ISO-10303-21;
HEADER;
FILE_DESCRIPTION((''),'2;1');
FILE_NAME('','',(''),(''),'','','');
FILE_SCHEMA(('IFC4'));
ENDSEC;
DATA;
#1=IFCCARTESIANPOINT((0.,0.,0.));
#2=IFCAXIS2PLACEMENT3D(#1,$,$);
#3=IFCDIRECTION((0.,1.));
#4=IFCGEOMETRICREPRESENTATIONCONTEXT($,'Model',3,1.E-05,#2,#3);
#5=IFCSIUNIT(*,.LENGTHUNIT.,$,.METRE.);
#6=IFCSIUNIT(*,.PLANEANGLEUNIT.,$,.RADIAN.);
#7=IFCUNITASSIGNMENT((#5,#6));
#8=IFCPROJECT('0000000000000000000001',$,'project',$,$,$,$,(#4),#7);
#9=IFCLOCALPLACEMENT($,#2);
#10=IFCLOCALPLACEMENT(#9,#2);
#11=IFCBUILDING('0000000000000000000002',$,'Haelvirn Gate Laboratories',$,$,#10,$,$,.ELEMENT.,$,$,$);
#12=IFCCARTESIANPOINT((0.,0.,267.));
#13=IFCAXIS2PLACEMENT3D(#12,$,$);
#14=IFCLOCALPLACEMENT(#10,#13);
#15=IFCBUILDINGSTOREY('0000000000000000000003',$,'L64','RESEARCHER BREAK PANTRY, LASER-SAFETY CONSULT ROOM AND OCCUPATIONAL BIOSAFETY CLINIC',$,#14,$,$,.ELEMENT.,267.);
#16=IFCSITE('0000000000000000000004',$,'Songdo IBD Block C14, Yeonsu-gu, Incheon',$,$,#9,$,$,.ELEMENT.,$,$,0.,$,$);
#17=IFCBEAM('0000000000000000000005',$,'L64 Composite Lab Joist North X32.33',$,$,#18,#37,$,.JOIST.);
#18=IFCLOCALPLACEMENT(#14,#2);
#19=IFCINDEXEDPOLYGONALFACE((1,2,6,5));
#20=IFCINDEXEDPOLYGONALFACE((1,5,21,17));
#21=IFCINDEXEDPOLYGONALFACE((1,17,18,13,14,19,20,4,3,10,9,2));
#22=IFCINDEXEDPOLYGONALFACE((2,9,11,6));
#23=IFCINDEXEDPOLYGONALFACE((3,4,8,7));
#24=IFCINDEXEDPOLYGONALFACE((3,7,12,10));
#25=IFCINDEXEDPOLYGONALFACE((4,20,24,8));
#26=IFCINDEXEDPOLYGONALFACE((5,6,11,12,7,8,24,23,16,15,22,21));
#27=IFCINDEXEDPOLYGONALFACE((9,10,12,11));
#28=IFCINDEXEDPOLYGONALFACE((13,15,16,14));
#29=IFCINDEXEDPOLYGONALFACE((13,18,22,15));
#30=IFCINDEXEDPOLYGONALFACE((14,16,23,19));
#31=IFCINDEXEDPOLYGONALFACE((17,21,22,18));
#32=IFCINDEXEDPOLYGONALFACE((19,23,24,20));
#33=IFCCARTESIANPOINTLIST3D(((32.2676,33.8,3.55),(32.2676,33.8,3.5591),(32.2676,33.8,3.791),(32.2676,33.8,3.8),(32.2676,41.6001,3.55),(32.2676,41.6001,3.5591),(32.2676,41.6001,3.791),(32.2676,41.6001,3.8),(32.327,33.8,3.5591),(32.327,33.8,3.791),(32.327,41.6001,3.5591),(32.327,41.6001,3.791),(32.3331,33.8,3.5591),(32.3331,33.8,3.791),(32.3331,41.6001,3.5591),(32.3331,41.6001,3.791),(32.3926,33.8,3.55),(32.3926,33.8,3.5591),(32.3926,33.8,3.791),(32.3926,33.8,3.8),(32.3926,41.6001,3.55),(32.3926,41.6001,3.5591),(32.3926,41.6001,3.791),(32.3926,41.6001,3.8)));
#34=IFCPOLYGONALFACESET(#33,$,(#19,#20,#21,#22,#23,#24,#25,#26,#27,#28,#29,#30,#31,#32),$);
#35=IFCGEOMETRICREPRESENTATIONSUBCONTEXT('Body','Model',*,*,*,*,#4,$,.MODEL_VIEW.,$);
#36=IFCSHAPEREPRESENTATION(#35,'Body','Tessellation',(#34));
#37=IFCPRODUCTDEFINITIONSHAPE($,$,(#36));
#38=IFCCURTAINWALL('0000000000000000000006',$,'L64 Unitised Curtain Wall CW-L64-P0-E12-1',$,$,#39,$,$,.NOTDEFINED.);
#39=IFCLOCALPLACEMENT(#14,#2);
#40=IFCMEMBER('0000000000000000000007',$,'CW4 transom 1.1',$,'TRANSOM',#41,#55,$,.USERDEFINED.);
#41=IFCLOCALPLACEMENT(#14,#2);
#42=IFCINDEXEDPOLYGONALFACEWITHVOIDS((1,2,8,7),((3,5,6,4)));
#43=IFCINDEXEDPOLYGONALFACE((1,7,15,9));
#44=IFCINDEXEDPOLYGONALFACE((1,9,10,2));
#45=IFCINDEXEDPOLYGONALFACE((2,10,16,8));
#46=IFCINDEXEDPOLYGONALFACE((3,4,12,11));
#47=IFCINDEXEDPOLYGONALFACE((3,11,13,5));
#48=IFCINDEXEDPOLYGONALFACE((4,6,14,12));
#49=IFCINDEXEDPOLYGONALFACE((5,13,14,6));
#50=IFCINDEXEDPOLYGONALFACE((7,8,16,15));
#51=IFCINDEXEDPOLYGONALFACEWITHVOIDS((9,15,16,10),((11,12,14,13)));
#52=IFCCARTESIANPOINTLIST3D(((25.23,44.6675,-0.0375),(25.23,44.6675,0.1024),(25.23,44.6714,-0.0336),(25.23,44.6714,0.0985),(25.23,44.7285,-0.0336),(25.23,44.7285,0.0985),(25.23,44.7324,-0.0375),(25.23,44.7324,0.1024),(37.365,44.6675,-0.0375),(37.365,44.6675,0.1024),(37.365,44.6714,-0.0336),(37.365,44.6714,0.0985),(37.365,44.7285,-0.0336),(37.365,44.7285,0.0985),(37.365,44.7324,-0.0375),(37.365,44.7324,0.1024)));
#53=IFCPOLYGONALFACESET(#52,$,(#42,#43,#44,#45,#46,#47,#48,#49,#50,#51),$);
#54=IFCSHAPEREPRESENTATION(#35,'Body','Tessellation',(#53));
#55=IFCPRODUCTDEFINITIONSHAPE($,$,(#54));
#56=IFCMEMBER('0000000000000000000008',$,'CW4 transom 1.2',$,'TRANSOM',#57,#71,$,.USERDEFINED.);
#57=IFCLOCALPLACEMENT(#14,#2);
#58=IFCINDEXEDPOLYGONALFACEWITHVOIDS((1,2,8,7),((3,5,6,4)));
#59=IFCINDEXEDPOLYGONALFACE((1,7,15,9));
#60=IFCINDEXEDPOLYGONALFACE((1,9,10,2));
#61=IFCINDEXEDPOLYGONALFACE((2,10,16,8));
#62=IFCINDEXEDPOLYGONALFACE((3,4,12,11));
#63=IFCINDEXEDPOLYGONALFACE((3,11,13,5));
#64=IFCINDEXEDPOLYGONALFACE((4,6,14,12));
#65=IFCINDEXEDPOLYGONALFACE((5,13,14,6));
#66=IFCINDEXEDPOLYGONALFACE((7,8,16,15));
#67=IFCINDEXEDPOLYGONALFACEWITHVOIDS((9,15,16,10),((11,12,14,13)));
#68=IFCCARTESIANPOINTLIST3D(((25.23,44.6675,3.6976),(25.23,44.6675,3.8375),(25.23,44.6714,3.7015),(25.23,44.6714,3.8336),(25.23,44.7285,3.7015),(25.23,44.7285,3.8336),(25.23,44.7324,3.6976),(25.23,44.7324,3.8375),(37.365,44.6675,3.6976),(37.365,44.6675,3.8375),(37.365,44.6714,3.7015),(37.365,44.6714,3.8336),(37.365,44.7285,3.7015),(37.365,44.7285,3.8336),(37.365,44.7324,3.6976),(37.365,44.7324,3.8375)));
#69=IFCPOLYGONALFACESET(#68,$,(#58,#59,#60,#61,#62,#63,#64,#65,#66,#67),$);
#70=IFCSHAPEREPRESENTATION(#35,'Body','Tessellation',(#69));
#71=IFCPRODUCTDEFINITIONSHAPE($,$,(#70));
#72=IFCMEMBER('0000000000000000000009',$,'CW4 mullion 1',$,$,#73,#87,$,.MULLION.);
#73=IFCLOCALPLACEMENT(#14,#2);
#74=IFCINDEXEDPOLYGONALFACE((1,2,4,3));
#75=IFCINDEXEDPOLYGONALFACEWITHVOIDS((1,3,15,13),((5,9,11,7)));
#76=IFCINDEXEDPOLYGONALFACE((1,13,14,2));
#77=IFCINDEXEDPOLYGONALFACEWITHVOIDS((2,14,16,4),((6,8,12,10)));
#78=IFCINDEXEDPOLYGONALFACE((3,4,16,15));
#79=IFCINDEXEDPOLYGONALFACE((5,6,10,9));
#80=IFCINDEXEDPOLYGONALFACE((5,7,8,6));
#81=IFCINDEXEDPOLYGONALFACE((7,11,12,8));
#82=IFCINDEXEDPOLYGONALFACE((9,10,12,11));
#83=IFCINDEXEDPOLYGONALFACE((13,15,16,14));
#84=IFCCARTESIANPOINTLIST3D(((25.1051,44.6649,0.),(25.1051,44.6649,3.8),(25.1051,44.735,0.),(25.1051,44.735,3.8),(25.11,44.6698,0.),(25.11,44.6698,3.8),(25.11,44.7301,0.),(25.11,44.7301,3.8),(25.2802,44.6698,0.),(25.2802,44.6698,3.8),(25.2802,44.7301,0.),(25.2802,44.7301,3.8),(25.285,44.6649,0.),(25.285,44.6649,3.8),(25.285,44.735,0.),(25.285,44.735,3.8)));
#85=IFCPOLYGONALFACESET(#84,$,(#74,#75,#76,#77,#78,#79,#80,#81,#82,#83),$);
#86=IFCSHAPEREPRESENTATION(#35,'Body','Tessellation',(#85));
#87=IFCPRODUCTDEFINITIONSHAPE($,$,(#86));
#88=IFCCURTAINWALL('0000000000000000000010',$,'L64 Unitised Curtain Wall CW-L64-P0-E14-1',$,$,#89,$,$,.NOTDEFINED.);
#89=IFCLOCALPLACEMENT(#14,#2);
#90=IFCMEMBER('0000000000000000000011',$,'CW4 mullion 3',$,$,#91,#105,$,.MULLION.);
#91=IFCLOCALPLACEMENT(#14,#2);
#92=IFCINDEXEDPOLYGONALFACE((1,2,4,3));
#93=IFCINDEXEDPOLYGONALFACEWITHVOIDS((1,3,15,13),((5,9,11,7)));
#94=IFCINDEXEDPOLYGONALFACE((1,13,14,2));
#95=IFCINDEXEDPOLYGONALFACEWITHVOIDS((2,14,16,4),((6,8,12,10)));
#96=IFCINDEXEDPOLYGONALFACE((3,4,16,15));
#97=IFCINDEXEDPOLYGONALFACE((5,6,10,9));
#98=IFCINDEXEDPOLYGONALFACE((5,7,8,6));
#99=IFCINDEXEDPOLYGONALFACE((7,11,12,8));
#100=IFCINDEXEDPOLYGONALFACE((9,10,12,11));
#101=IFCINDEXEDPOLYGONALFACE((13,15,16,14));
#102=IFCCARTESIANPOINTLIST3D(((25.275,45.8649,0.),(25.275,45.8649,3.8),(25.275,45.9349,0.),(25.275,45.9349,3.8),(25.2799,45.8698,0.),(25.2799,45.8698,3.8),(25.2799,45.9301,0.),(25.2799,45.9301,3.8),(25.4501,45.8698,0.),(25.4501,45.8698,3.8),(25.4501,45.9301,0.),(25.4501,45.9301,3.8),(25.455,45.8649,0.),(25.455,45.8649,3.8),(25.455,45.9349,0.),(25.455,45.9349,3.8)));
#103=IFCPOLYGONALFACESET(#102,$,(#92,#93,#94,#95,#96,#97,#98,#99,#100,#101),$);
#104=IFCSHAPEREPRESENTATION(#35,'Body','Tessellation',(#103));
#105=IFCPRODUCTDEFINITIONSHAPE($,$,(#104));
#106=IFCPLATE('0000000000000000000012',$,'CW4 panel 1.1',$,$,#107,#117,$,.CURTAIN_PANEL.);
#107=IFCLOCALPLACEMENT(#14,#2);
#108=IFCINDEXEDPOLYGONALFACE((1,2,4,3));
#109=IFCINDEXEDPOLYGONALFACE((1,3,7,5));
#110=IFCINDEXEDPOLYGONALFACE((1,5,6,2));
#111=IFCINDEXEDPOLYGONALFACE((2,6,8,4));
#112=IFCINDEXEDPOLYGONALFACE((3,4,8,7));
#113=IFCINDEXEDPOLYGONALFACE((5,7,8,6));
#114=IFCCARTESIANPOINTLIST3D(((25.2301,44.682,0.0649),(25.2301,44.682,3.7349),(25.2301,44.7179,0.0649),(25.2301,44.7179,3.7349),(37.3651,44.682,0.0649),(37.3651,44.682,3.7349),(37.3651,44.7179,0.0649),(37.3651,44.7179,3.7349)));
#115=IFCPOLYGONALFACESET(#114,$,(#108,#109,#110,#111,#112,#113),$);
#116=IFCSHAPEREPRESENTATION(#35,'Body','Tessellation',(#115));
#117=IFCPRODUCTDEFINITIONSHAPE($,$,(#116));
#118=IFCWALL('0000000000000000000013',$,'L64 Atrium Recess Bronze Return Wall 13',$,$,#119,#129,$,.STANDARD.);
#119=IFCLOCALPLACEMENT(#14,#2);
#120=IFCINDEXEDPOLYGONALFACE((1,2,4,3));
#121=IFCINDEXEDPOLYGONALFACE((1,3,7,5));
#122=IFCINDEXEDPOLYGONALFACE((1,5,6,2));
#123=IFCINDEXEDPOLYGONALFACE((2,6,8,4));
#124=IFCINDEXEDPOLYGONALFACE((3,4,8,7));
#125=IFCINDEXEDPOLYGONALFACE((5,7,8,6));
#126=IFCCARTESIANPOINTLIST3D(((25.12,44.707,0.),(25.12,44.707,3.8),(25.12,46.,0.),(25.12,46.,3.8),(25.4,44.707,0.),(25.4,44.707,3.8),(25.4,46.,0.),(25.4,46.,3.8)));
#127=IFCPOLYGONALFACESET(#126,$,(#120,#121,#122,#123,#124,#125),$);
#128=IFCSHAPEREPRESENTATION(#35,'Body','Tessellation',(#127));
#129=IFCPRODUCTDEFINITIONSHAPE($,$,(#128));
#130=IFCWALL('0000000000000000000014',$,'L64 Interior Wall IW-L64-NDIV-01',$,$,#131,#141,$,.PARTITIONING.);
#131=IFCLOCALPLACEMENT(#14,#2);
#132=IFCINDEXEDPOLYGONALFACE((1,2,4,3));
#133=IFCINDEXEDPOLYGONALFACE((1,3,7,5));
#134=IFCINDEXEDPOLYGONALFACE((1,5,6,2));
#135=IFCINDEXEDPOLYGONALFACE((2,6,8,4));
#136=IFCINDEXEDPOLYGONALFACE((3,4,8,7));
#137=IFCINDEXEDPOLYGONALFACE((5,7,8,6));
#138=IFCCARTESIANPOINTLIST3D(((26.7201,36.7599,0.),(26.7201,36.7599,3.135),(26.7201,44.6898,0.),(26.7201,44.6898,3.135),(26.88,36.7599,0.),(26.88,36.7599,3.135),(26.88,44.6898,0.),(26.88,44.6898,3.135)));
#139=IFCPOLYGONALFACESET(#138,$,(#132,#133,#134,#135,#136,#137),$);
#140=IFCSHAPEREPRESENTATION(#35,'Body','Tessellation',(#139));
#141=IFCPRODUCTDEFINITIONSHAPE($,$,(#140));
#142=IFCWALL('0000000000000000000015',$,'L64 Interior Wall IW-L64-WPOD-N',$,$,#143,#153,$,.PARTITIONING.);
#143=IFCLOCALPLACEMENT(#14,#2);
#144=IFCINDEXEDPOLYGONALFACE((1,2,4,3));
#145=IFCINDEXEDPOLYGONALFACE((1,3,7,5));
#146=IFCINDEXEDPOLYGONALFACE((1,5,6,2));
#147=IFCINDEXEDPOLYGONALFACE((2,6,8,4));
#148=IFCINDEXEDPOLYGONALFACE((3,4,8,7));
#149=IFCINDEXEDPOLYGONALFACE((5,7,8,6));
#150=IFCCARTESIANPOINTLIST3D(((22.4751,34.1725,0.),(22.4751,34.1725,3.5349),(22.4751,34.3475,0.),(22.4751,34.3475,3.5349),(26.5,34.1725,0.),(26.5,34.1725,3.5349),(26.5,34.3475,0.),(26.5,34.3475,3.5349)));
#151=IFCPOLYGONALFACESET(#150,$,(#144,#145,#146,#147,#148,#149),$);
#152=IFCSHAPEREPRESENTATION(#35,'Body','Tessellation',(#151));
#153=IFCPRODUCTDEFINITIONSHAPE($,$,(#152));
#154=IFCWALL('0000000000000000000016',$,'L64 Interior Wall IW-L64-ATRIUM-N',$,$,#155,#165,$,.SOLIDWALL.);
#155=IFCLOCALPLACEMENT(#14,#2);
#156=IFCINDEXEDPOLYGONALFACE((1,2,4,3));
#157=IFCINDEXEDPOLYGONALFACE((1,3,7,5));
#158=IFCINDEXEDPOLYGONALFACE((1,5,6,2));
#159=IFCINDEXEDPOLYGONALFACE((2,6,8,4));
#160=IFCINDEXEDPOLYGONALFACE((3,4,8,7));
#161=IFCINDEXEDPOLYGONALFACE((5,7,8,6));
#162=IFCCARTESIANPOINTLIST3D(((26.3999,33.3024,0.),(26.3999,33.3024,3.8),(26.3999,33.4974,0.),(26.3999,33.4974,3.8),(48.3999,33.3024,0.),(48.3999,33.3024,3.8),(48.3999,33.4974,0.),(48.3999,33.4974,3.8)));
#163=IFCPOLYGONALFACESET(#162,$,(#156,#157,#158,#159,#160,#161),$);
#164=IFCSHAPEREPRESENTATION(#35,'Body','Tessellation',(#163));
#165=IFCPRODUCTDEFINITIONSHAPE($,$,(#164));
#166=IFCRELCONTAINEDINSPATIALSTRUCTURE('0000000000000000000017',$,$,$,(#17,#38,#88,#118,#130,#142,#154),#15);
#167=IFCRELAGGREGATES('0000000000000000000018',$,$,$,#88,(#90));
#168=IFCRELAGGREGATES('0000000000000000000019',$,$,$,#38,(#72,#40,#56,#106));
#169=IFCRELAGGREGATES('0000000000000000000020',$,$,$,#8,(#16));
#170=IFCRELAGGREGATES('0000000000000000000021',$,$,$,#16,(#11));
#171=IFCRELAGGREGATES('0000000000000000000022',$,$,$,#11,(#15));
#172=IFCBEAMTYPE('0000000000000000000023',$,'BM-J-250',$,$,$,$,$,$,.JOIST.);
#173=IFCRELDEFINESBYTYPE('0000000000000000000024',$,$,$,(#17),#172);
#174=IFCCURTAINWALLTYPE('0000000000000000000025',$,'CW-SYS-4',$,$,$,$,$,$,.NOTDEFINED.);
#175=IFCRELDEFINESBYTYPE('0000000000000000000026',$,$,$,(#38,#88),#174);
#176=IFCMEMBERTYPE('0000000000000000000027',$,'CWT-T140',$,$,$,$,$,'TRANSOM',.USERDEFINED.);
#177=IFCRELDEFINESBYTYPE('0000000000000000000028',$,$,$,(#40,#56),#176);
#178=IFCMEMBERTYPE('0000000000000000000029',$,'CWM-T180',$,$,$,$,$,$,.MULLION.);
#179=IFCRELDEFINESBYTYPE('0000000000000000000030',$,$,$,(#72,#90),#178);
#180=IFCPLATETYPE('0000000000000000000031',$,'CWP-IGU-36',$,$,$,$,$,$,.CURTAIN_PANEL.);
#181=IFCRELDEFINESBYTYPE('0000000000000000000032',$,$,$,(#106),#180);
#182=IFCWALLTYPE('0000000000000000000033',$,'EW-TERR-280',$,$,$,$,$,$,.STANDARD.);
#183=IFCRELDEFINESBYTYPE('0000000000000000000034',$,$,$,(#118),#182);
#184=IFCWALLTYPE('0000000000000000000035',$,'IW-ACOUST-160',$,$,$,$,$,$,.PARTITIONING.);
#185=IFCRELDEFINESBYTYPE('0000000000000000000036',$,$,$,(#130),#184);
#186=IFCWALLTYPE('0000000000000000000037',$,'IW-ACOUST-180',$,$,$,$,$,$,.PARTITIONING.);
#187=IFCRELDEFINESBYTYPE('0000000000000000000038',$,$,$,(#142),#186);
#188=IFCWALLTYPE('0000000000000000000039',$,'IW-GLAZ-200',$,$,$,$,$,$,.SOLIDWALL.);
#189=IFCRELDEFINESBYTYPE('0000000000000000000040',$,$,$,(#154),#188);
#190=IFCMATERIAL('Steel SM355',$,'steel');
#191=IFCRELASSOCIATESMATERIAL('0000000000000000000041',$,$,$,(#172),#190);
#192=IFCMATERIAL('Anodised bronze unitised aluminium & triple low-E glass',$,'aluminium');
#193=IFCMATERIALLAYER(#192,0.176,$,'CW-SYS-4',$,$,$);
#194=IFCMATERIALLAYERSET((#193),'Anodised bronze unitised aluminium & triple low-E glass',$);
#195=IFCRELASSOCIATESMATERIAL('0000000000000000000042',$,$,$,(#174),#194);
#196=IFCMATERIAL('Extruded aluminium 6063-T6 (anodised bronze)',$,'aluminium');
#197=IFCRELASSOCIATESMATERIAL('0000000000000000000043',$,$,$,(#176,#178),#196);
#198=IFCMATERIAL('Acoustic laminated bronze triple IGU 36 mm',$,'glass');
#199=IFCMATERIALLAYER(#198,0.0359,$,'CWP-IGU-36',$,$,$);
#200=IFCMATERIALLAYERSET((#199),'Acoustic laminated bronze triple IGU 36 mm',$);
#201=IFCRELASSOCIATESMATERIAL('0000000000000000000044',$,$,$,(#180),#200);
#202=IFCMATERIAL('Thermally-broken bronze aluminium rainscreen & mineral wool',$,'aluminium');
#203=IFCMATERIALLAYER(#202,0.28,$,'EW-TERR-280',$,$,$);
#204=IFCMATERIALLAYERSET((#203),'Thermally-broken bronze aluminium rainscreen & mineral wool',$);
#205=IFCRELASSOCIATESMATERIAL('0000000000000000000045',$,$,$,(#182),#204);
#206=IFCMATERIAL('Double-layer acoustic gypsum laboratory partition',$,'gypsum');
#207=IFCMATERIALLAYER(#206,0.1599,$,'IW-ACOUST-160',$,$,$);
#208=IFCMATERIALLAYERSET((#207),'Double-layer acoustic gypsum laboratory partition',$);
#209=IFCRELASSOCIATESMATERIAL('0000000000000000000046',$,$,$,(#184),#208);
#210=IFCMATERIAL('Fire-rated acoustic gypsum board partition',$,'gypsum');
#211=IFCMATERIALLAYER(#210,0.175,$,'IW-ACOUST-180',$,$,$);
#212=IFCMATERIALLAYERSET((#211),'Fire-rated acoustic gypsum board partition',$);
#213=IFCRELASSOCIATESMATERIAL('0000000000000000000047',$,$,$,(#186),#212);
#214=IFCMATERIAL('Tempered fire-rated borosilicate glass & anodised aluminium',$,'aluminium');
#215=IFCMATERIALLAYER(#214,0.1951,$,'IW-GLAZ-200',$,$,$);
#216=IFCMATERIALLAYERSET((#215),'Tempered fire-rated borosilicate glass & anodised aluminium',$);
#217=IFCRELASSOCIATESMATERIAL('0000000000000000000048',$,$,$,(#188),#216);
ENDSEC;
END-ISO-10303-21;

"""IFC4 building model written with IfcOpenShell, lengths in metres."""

from ifc_helpers import new_model, si_unit, direction, frame, frame_2d, origin, origin_2d, place, context, subcontext, project, spatial, rectangle, hollow_rectangle, i_section, extrude, source, transform, mapped, material, layer, layer_set, material_profile, profile_set, type_object, type_shapes, element, aggregate, save


model = new_model("IFC4")

# Units and contexts
model_context = context("Model", 3, precision=1e-05, world=origin(), true_north=direction((0.0, 1.0)))
body_context = subcontext(model_context, "Body", "Model", "MODEL_VIEW")
ifc_project = project(units=[si_unit("LENGTHUNIT", "METRE"), si_unit("PLANEANGLEUNIT", "RADIAN")], contexts=[model_context])

# Site, building, storey
site_placement = place(None, origin())
site = spatial("IfcSite", under=ifc_project, at=site_placement, Name="Songdo IBD Block C14, Yeonsu-gu, Incheon", CompositionType="ELEMENT", RefElevation=0.0)
building_placement = place(site_placement, origin())
building = spatial("IfcBuilding", under=site, at=building_placement, Name="Haelvirn Gate Laboratories", CompositionType="ELEMENT")
storey_placement = place(building_placement, frame((0.0, 0.0, 267.0)))
storey = spatial("IfcBuildingStorey", under=building, at=storey_placement, Name="L64", Description="RESEARCHER BREAK PANTRY, LASER-SAFETY CONSULT ROOM AND OCCUPATIONAL BIOSAFETY CLINIC", CompositionType="ELEMENT", Elevation=267.0)

# Shared definitions
ifc_material_1 = material(Name="Steel SM355", Category="steel")

# Beam
ifc_material_profile_1 = material_profile(ifc_material_1, i_section(OverallWidth=0.125, OverallDepth=0.25, WebThickness=0.0061, FlangeThickness=0.009, at=origin_2d()), Name="H-250x125x6x9")
ifc_profile_set_1 = profile_set([ifc_material_profile_1], Name="Steel SM355")
beam_type_1 = type_object("IfcBeamType", Name="BM-J-250", PredefinedType="JOIST", material=ifc_profile_set_1)
shared_shape_1 = source(origin(), body_context, "Body", "SweptSolid", [
    extrude(i_section(OverallWidth=0.125, OverallDepth=0.25, WebThickness=0.0061, FlangeThickness=0.009, at=origin_2d()), origin(), (0.0, 0.0, 1.0), 7.8),
])
type_shapes(beam_type_1, [shared_shape_1])
for number, where, z_axis, x_axis, name in (
    (1, (32.3301, 33.8, 3.675), (0.0, 1.0, 0.0), (-1.0, 0.0, 0.0), "L64 Composite Lab Joist North X32.33"),
):
    element("IfcBeam", number, at=place(storey_placement, frame(where, z_axis=z_axis, x_axis=x_axis)), inside=storey, type_object=beam_type_1, Name=name, PredefinedType="JOIST", context=body_context, shape_type="MappedRepresentation", body=[
        mapped(shared_shape_1, transform((0.0, 0.0, 0.0), scale=1.0)),
    ])

# Curtain wall, members
ifc_material_2 = material(Name="Anodised bronze unitised aluminium & triple low-E glass", Category="aluminium")
ifc_layer_1 = layer(ifc_material_2, 0.176, Name="CW-SYS-4")
ifc_layer_set_1 = layer_set([ifc_layer_1], Name="Anodised bronze unitised aluminium & triple low-E glass")
curtain_wall_type = type_object("IfcCurtainWallType", Name="CW-SYS-4", PredefinedType="NOTDEFINED", material=ifc_layer_set_1)
curtain_wall_1_placement = place(storey_placement, origin())
curtain_wall_1 = element("IfcCurtainWall", 2, at=curtain_wall_1_placement, inside=storey, type_object=curtain_wall_type, Name="L64 Unitised Curtain Wall CW-L64-P0-E12-1", PredefinedType="NOTDEFINED")
ifc_material_3 = material(Name="Extruded aluminium 6063-T6 (anodised bronze)", Category="aluminium")
ifc_material_profile_2 = material_profile(ifc_material_3, hollow_rectangle(XDim=0.0649, YDim=0.1399, WallThickness=0.0039, at=origin_2d()), Name="CWT-140x65x4")
ifc_profile_set_2 = profile_set([ifc_material_profile_2], Name="Extruded aluminium 6063-T6 (anodised bronze)")
member_type_1 = type_object("IfcMemberType", Name="CWT-T140", ElementType="TRANSOM", PredefinedType="USERDEFINED", material=ifc_profile_set_2)
shared_shape_2 = source(origin(), body_context, "Body", "SweptSolid", [
    extrude(hollow_rectangle(XDim=0.0649, YDim=0.1399, WallThickness=0.0039, at=origin_2d()), origin(), (0.0, 0.0, 1.0), 12.135),
])
type_shapes(member_type_1, [shared_shape_2])
member_1_placement = place(storey_placement, frame((25.23, 44.7, 0.0325), z_axis=(1.0, 0.0, 0.0), x_axis=(0.0, 1.0, 0.0)))
member_1 = element("IfcMember", 3, at=member_1_placement, type_object=member_type_1, Name="CW4 transom 1.1", ObjectType="TRANSOM", PredefinedType="USERDEFINED", context=body_context, shape_type="MappedRepresentation", body=[
    mapped(shared_shape_2, transform((0.0, 0.0, 0.0), scale=1.0)),
])
member_2_placement = place(storey_placement, frame((25.23, 44.7, 3.7676), z_axis=(1.0, 0.0, 0.0), x_axis=(0.0, 1.0, 0.0)))
member_2 = element("IfcMember", 4, at=member_2_placement, type_object=member_type_1, Name="CW4 transom 1.2", ObjectType="TRANSOM", PredefinedType="USERDEFINED", context=body_context, shape_type="MappedRepresentation", body=[
    mapped(shared_shape_2, transform((0.0, 0.0, 0.0), scale=1.0)),
])
ifc_material_profile_3 = material_profile(ifc_material_3, hollow_rectangle(XDim=0.0701, YDim=0.1799, WallThickness=0.0049, at=origin_2d()), Name="CWM-180x70x5")
ifc_profile_set_3 = profile_set([ifc_material_profile_3], Name="Extruded aluminium 6063-T6 (anodised bronze)")
member_type_2 = type_object("IfcMemberType", Name="CWM-T180", PredefinedType="MULLION", material=ifc_profile_set_3)
shared_shape_3 = source(origin(), body_context, "Body", "SweptSolid", [
    extrude(hollow_rectangle(XDim=0.0701, YDim=0.1799, WallThickness=0.0049, at=origin_2d()), origin(), (0.0, 0.0, 1.0), 3.8),
])
type_shapes(member_type_2, [shared_shape_3])
member_3_placement = place(storey_placement, frame((25.1951, 44.7, 0.0), z_axis=(0.0, 0.0, 1.0), x_axis=(0.0, 1.0, 0.0)))
member_3 = element("IfcMember", 5, at=member_3_placement, type_object=member_type_2, Name="CW4 mullion 1", PredefinedType="MULLION", context=body_context, shape_type="MappedRepresentation", body=[
    mapped(shared_shape_3, transform((0.0, 0.0, 0.0), scale=1.0)),
])

# Curtain wall, member
curtain_wall_2_placement = place(storey_placement, origin())
curtain_wall_2 = element("IfcCurtainWall", 6, at=curtain_wall_2_placement, inside=storey, type_object=curtain_wall_type, Name="L64 Unitised Curtain Wall CW-L64-P0-E14-1", PredefinedType="NOTDEFINED")
member_4_placement = place(storey_placement, frame((25.365, 45.8999, 0.0), z_axis=(0.0, 0.0, 1.0), x_axis=(0.0, 1.0, 0.0)))
member_4 = element("IfcMember", 7, at=member_4_placement, type_object=member_type_2, Name="CW4 mullion 3", PredefinedType="MULLION", context=body_context, shape_type="MappedRepresentation", body=[
    mapped(shared_shape_3, transform((0.0, 0.0, 0.0), scale=1.0)),
])
aggregate(curtain_wall_2, [member_4])

# Plate
ifc_material_4 = material(Name="Acoustic laminated bronze triple IGU 36 mm", Category="glass")
ifc_layer_2 = layer(ifc_material_4, 0.0359, Name="CWP-IGU-36")
ifc_layer_set_2 = layer_set([ifc_layer_2], Name="Acoustic laminated bronze triple IGU 36 mm")
plate_type = type_object("IfcPlateType", Name="CWP-IGU-36", PredefinedType="CURTAIN_PANEL", material=ifc_layer_set_2)
shared_shape_4 = source(origin(), body_context, "Body", "SweptSolid", [
    extrude(rectangle(XDim=12.135, YDim=0.0359, at=origin_2d()), origin(), (0.0, 0.0, 1.0), 3.6699),
])
type_shapes(plate_type, [shared_shape_4])
plate_placement = place(storey_placement, frame((31.2976, 44.7, 0.0649), z_axis=(0.0, 0.0, 1.0), x_axis=(1.0, 0.0, 0.0)))
plate = element("IfcPlate", 8, at=plate_placement, type_object=plate_type, Name="CW4 panel 1.1", PredefinedType="CURTAIN_PANEL", context=body_context, shape_type="MappedRepresentation", body=[
    mapped(shared_shape_4, transform((0.0, 0.0, 0.0), scale=1.0)),
])
aggregate(curtain_wall_1, [member_3, member_1, member_2, plate])

# Walls
ifc_material_5 = material(Name="Thermally-broken bronze aluminium rainscreen & mineral wool", Category="aluminium")
ifc_layer_3 = layer(ifc_material_5, 0.28, Name="EW-TERR-280")
ifc_layer_set_3 = layer_set([ifc_layer_3], Name="Thermally-broken bronze aluminium rainscreen & mineral wool")
wall_type_1 = type_object("IfcWallType", Name="EW-TERR-280", PredefinedType="STANDARD", material=ifc_layer_set_3)
wall_1_placement = place(storey_placement, frame((25.26, 44.707, 0.0), z_axis=(0.0, 0.0, 1.0), x_axis=(0.0, 1.0, 0.0)))
element("IfcWall", 9, at=wall_1_placement, inside=storey, type_object=wall_type_1, Name="L64 Atrium Recess Bronze Return Wall 13", PredefinedType="STANDARD", context=body_context, shape_type="SweptSolid", body=[
    extrude(rectangle(XDim=1.293, YDim=0.28, at=frame_2d((0.6465, 0.0))), origin(), (0.0, 0.0, 1.0), 3.8),
])
ifc_material_6 = material(Name="Double-layer acoustic gypsum laboratory partition", Category="gypsum")
ifc_layer_4 = layer(ifc_material_6, 0.1599, Name="IW-ACOUST-160")
ifc_layer_set_4 = layer_set([ifc_layer_4], Name="Double-layer acoustic gypsum laboratory partition")
wall_type_2 = type_object("IfcWallType", Name="IW-ACOUST-160", PredefinedType="PARTITIONING", material=ifc_layer_set_4)
wall_2_placement = place(storey_placement, frame((26.8, 36.76, 0.0), z_axis=(0.0, 0.0, 1.0), x_axis=(0.0, 1.0, 0.0)))
element("IfcWall", 10, at=wall_2_placement, inside=storey, type_object=wall_type_2, Name="L64 Interior Wall IW-L64-NDIV-01", PredefinedType="PARTITIONING", context=body_context, shape_type="SweptSolid", body=[
    extrude(rectangle(XDim=7.9299, YDim=0.1599, at=frame_2d((3.9648, 0.0))), origin(), (0.0, 0.0, 1.0), 3.135),
])
ifc_material_7 = material(Name="Fire-rated acoustic gypsum board partition", Category="gypsum")
ifc_layer_5 = layer(ifc_material_7, 0.175, Name="IW-ACOUST-180")
ifc_layer_set_5 = layer_set([ifc_layer_5], Name="Fire-rated acoustic gypsum board partition")
wall_type_3 = type_object("IfcWallType", Name="IW-ACOUST-180", PredefinedType="PARTITIONING", material=ifc_layer_set_5)
wall_3_placement = place(storey_placement, frame((22.4751, 34.26, 0.0), z_axis=(0.0, 0.0, 1.0), x_axis=(1.0, 0.0, 0.0)))
element("IfcWall", 11, at=wall_3_placement, inside=storey, type_object=wall_type_3, Name="L64 Interior Wall IW-L64-WPOD-N", PredefinedType="PARTITIONING", context=body_context, shape_type="SweptSolid", body=[
    extrude(rectangle(XDim=4.0249, YDim=0.175, at=frame_2d((2.0125, 0.0))), origin(), (0.0, 0.0, 1.0), 3.5349),
])
ifc_material_8 = material(Name="Tempered fire-rated borosilicate glass & anodised aluminium", Category="aluminium")
ifc_layer_6 = layer(ifc_material_8, 0.1951, Name="IW-GLAZ-200")
ifc_layer_set_6 = layer_set([ifc_layer_6], Name="Tempered fire-rated borosilicate glass & anodised aluminium")
wall_type_4 = type_object("IfcWallType", Name="IW-GLAZ-200", PredefinedType="SOLIDWALL", material=ifc_layer_set_6)
wall_4_placement = place(storey_placement, frame((26.3999, 33.3999, 0.0), z_axis=(0.0, 0.0, 1.0), x_axis=(1.0, 0.0, 0.0)))
element("IfcWall", 12, at=wall_4_placement, inside=storey, type_object=wall_type_4, Name="L64 Interior Wall IW-L64-ATRIUM-N", PredefinedType="SOLIDWALL", context=body_context, shape_type="SweptSolid", body=[
    extrude(rectangle(XDim=22.0, YDim=0.1951, at=frame_2d((11.0, 0.0))), origin(), (0.0, 0.0, 1.0), 3.8),
])

save(model, "model.ifc")
